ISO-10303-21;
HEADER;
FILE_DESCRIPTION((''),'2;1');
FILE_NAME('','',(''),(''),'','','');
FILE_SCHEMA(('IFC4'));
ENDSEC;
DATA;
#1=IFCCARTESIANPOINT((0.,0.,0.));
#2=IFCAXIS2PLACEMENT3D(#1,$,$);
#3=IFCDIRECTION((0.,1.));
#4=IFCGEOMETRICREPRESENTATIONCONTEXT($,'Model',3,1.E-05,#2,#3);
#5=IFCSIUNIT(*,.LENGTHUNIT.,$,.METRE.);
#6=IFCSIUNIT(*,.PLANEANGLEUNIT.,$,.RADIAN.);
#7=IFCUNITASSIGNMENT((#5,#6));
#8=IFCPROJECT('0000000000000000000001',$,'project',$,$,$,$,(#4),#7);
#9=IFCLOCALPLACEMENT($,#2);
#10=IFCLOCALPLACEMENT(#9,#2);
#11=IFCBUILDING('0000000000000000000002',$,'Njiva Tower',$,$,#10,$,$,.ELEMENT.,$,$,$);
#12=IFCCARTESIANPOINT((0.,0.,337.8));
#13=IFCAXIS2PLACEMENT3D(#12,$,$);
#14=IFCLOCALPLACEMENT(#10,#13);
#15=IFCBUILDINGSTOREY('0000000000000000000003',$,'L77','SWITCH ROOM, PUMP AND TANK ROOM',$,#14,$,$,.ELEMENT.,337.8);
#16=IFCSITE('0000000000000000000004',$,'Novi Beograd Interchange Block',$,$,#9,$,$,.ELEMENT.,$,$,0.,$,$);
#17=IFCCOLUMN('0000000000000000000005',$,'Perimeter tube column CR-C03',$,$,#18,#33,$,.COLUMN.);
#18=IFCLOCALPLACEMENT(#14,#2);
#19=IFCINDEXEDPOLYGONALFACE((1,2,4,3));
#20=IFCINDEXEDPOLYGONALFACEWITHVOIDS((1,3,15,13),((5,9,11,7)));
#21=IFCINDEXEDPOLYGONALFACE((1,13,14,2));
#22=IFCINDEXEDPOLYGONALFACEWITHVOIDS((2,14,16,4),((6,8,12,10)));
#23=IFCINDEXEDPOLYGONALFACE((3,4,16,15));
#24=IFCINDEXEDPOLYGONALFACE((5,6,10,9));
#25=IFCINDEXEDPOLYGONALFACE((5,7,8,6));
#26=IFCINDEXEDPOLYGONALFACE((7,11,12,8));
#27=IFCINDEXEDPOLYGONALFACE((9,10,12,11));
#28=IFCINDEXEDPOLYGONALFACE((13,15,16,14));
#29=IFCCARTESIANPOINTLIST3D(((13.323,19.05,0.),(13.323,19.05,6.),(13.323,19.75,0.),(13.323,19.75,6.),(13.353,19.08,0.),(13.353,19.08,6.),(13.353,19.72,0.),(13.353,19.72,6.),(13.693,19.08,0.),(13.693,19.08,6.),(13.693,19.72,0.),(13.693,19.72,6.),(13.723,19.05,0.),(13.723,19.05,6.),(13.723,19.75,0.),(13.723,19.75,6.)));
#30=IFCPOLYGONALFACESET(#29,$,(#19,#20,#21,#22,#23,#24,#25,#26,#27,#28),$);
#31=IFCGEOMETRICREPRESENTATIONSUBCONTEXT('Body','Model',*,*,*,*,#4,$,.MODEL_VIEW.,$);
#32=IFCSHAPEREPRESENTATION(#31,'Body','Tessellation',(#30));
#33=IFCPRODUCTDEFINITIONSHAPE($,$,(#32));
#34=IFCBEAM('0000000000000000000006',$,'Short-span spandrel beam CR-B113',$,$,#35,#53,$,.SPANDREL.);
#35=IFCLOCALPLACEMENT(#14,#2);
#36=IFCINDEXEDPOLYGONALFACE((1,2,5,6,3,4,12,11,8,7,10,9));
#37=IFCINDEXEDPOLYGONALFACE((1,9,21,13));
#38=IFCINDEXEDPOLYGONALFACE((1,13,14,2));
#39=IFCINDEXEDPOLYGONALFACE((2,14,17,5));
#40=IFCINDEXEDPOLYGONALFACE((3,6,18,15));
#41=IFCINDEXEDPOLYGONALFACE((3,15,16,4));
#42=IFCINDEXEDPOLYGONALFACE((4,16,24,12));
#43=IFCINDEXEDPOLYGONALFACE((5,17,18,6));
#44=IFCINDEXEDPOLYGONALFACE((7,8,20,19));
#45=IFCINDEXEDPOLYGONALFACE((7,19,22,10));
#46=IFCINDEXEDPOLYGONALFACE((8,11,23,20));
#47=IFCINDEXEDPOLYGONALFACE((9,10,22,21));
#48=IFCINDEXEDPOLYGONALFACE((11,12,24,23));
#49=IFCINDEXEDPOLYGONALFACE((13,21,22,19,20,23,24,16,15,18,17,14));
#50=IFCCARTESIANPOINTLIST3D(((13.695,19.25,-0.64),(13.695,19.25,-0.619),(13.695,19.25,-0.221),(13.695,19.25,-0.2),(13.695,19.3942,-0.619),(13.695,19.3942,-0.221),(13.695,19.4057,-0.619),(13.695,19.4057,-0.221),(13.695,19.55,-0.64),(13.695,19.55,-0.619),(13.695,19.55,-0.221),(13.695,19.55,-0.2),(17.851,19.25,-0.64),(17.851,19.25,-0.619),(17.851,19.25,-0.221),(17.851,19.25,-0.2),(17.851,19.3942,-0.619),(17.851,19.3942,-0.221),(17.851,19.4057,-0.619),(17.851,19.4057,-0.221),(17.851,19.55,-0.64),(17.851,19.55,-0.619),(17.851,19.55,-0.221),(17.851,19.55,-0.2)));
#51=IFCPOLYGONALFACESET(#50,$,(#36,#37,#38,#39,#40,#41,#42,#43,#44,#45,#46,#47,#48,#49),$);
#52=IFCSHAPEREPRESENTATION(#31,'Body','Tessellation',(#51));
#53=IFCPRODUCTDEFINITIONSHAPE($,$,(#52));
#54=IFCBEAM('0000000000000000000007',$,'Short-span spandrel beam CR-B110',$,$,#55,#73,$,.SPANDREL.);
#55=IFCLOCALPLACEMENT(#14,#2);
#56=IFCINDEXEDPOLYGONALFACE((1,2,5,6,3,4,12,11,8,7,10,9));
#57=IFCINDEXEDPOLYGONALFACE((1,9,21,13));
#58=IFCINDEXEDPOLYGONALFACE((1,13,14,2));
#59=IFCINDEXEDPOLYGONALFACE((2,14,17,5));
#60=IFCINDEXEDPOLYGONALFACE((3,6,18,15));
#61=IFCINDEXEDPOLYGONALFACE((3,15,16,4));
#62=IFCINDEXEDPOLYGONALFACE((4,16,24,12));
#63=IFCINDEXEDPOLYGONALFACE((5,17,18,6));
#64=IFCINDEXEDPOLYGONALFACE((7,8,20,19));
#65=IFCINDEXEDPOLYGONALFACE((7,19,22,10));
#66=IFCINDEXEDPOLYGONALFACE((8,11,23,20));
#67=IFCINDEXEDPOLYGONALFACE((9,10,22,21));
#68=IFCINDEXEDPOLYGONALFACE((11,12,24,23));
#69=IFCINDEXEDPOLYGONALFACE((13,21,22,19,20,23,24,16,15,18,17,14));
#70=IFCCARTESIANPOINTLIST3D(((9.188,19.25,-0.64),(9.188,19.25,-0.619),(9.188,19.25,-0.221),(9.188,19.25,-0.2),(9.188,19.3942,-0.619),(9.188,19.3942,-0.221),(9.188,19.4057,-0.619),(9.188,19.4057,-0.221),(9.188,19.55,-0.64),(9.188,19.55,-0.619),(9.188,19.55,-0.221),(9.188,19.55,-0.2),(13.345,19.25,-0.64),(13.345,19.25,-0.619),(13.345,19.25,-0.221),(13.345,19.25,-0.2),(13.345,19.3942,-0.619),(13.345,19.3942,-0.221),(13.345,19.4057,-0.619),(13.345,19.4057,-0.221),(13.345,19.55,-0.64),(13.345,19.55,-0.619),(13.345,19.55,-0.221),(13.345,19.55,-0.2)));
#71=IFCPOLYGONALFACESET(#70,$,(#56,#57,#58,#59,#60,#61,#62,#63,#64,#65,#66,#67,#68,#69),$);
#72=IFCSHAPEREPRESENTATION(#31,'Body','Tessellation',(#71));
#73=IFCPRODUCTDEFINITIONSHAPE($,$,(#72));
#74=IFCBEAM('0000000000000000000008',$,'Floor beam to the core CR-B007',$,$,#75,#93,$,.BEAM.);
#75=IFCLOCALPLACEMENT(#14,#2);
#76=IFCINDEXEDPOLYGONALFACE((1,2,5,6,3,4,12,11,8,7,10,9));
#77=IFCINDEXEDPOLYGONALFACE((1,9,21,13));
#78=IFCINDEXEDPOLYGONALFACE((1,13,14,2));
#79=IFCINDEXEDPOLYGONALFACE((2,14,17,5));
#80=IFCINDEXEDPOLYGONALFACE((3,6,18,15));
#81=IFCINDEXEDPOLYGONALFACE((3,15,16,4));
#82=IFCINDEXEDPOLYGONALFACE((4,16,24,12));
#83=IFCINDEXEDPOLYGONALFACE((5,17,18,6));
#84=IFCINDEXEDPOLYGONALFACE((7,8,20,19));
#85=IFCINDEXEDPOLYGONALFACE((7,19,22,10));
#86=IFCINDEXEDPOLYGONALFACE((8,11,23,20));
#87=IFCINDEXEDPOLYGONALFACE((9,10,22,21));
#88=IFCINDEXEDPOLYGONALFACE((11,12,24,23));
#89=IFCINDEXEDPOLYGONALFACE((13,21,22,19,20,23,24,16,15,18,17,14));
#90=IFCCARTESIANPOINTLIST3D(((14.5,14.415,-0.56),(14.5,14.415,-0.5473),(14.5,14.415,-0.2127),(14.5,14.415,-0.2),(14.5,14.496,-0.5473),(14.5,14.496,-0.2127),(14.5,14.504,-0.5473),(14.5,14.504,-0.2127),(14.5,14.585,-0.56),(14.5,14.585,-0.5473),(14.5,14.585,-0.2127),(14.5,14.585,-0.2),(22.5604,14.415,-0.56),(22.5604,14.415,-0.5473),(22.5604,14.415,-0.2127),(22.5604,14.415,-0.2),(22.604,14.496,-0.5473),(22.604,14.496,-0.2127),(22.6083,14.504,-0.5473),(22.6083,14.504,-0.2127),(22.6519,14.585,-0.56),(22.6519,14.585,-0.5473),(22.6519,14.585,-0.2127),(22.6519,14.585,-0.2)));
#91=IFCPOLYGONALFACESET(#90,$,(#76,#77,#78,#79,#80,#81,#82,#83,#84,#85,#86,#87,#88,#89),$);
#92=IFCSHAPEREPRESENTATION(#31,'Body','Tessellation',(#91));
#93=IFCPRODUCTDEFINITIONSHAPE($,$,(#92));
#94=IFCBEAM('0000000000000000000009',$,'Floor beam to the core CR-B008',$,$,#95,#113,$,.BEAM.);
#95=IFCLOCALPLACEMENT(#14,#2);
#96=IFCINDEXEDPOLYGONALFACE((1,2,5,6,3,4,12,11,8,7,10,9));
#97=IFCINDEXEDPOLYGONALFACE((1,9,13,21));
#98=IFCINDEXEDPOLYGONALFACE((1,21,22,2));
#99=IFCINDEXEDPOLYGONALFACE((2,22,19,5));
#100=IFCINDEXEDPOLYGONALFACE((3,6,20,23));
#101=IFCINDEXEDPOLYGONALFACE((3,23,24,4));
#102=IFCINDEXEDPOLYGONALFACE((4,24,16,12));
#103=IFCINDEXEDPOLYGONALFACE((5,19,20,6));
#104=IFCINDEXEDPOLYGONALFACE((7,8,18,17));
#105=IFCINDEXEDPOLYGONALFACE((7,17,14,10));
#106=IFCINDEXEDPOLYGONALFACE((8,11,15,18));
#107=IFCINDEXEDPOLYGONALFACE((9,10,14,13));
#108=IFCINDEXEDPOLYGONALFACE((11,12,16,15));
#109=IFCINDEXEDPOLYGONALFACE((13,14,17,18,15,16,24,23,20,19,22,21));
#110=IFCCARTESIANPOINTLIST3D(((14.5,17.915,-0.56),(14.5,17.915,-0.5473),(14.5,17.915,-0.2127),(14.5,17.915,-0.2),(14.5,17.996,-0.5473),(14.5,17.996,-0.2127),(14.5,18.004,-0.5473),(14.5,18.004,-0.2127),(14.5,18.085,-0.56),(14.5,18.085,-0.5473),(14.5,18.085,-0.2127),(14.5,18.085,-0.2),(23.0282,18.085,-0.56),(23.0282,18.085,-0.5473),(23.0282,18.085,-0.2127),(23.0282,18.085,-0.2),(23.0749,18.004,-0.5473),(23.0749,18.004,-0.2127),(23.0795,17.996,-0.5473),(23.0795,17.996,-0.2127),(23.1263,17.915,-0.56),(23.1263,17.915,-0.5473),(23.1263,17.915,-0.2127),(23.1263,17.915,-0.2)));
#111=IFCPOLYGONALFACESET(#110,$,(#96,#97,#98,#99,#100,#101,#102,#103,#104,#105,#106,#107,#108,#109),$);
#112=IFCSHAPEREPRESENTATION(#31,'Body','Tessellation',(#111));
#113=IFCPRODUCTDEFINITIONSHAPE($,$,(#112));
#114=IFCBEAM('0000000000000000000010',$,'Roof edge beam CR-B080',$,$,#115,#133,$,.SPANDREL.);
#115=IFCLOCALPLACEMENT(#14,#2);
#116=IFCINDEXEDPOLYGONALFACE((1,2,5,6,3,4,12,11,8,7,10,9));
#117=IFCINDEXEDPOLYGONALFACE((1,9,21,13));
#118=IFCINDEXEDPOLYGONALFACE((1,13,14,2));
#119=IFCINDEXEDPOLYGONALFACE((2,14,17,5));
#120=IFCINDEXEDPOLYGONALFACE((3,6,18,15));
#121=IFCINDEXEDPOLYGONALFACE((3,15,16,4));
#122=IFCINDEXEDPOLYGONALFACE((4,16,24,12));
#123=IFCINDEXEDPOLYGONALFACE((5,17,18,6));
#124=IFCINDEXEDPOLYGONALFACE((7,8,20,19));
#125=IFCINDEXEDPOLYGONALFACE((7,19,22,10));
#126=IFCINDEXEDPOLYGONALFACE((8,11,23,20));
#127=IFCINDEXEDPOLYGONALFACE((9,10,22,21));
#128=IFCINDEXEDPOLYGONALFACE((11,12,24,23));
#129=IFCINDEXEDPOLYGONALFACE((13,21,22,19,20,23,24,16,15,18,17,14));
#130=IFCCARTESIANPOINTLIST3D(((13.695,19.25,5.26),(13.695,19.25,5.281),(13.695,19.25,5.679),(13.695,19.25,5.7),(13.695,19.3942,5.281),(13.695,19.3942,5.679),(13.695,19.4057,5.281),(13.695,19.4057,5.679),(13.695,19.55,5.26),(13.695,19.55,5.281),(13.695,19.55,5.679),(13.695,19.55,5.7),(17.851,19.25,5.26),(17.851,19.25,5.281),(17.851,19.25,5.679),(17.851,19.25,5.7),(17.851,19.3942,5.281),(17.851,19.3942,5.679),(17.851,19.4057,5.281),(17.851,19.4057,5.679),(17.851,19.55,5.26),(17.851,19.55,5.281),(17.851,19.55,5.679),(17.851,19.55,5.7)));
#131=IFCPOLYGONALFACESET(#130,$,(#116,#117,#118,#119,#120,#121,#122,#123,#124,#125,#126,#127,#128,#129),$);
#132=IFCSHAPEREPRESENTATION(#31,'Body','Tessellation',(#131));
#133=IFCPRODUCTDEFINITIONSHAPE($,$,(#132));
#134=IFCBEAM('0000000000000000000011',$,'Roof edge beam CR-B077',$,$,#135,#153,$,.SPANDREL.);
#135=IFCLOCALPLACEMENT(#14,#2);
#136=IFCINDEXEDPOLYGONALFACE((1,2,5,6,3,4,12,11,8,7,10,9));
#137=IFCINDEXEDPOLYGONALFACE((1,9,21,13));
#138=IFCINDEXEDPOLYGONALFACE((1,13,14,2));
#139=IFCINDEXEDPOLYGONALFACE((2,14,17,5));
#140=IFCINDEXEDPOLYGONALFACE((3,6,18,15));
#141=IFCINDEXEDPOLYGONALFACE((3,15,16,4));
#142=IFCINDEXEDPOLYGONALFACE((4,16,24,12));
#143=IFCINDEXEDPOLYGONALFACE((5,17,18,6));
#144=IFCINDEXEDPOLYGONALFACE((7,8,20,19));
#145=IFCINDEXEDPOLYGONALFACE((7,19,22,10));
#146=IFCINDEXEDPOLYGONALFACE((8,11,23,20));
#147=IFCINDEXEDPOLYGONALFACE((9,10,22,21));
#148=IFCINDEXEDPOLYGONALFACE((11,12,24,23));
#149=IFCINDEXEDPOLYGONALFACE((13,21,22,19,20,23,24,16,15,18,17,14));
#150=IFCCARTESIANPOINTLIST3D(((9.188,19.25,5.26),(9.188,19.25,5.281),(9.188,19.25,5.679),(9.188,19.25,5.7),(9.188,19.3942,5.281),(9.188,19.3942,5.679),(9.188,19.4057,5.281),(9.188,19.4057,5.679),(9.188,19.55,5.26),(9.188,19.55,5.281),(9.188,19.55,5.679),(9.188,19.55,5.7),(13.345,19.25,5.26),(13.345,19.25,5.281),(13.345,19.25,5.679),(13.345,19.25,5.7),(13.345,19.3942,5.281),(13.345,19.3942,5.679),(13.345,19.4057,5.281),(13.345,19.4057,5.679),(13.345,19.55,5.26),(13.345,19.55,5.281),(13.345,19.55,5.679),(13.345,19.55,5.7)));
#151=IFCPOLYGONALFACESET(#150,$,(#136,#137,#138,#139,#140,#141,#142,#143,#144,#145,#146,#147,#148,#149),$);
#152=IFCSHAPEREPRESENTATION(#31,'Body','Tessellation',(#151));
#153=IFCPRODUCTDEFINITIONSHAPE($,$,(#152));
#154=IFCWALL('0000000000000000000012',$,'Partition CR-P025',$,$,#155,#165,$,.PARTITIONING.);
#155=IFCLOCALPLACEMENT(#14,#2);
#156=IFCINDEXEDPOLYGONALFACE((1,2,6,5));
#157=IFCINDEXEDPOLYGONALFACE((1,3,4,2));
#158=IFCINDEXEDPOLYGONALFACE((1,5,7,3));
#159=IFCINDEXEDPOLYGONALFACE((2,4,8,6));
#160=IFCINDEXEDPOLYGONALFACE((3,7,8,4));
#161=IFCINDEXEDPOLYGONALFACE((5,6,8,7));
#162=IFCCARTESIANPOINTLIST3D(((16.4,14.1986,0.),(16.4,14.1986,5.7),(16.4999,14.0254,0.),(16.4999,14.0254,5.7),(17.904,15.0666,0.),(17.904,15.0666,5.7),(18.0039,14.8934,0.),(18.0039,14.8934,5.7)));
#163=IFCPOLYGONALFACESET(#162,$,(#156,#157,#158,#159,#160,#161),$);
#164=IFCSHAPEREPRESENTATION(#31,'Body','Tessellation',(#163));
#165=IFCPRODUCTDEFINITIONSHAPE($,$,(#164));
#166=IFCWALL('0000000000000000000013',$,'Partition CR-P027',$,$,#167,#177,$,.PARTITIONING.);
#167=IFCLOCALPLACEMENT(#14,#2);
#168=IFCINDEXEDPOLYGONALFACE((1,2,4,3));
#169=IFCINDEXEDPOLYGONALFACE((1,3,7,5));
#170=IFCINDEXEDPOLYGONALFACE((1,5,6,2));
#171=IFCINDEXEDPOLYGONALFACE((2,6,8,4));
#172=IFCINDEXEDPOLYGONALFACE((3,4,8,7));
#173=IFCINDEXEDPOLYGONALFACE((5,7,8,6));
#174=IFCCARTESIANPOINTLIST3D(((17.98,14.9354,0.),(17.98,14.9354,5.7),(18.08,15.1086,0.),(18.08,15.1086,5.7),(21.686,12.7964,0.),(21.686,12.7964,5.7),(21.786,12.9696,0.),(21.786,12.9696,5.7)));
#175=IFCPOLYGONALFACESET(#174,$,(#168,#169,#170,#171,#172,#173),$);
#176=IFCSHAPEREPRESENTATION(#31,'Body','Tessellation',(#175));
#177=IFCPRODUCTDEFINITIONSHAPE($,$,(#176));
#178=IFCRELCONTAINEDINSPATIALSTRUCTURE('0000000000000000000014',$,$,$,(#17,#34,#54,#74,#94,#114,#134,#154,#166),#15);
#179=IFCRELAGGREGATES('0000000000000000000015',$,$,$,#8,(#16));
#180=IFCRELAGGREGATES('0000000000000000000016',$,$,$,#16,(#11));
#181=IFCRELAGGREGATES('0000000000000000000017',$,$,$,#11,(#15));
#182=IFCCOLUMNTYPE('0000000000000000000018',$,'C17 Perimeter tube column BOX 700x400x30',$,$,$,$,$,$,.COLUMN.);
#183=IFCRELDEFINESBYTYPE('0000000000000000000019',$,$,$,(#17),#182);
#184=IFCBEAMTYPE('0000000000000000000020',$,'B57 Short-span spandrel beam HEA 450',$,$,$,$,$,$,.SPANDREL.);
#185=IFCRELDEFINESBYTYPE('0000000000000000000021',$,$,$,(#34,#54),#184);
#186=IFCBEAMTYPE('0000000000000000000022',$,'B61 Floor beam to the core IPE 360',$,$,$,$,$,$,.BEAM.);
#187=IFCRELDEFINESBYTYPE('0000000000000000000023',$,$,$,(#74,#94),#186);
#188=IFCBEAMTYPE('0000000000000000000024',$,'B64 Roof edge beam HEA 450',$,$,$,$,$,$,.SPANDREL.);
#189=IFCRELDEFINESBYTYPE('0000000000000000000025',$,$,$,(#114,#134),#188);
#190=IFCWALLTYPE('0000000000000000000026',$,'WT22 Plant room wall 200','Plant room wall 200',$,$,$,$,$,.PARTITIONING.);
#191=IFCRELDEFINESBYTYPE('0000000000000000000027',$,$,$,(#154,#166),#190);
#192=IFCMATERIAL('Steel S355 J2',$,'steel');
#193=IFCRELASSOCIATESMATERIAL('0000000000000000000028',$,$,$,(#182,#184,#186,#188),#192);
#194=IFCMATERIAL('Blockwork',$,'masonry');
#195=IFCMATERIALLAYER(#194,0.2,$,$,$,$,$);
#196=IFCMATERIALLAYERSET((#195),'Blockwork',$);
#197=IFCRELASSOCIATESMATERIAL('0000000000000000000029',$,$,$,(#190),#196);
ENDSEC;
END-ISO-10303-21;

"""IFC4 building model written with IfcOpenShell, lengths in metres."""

from ifc_helpers import new_model, si_unit, direction, frame, frame_2d, origin, origin_2d, place, context, subcontext, project, spatial, rectangle, hollow_rectangle, i_section, extrude, clip, halfspace, material, layer, layer_set, material_profile, profile_set, type_object, element, save


model = new_model("IFC4")

# Units and contexts
model_context = context("Model", 3, precision=1e-05, world=origin(), true_north=direction((0.0, 1.0)))
body_context = subcontext(model_context, "Body", "Model", "MODEL_VIEW")
ifc_project = project(units=[si_unit("LENGTHUNIT", "METRE"), si_unit("PLANEANGLEUNIT", "RADIAN")], contexts=[model_context])

# Site, building, storey
site_placement = place(None, origin())
site = spatial("IfcSite", under=ifc_project, at=site_placement, Name="Novi Beograd Interchange Block", CompositionType="ELEMENT", RefElevation=0.0)
building_placement = place(site_placement, origin())
building = spatial("IfcBuilding", under=site, at=building_placement, Name="Njiva Tower", CompositionType="ELEMENT")
storey_placement = place(building_placement, frame((0.0, 0.0, 337.8)))
storey = spatial("IfcBuildingStorey", under=building, at=storey_placement, Name="L77", Description="SWITCH ROOM, PUMP AND TANK ROOM", CompositionType="ELEMENT", Elevation=337.8)

# Column
ifc_material_1 = material(Name="Steel S355 J2", Category="steel")
ifc_material_profile_1 = material_profile(ifc_material_1, hollow_rectangle(XDim=0.4, YDim=0.7, WallThickness=0.03, at=origin_2d()), Name="BOX 700x400x30")
ifc_profile_set_1 = profile_set([ifc_material_profile_1], Name="Steel S355 J2")
column_type = type_object("IfcColumnType", Name="C17 Perimeter tube column BOX 700x400x30", PredefinedType="COLUMN", material=ifc_profile_set_1)
column_placement = place(storey_placement, frame((13.523, 19.4, 0.0), z_axis=(0.0, 0.0, 1.0), x_axis=(-1.0, 0.0, 0.0)))
element("IfcColumn", 1, at=column_placement, inside=storey, type_object=column_type, Name="Perimeter tube column CR-C03", PredefinedType="COLUMN", context=body_context, shape_type="SweptSolid", body=[
    extrude(hollow_rectangle(XDim=0.4, YDim=0.7, WallThickness=0.03, at=origin_2d()), origin(), (0.0, 0.0, 1.0), 6.0),
])

# Beams
ifc_material_profile_2 = material_profile(ifc_material_1, i_section(OverallWidth=0.3, OverallDepth=0.44, WebThickness=0.0115, FlangeThickness=0.021, at=origin_2d()), Name="HEA 450")
ifc_profile_set_2 = profile_set([ifc_material_profile_2], Name="Steel S355 J2")
beam_type_1 = type_object("IfcBeamType", Name="B57 Short-span spandrel beam HEA 450", PredefinedType="SPANDREL", material=ifc_profile_set_2)
beam_1_placement = place(storey_placement, frame((17.851, 19.4, -0.42), z_axis=(-1.0, 0.0, 0.0), x_axis=(0.0, -1.0, 0.0)))
element("IfcBeam", 2, at=beam_1_placement, inside=storey, type_object=beam_type_1, Name="Short-span spandrel beam CR-B113", PredefinedType="SPANDREL", context=body_context, shape_type="SweptSolid", body=[
    extrude(i_section(OverallWidth=0.3, OverallDepth=0.44, WebThickness=0.0115, FlangeThickness=0.021, at=origin_2d()), origin(), (0.0, 0.0, 1.0), 4.156),
])
beam_2_placement = place(storey_placement, frame((13.345, 19.4, -0.42), z_axis=(-1.0, 0.0, 0.0), x_axis=(0.0, -1.0, 0.0)))
element("IfcBeam", 3, at=beam_2_placement, inside=storey, type_object=beam_type_1, Name="Short-span spandrel beam CR-B110", PredefinedType="SPANDREL", context=body_context, shape_type="SweptSolid", body=[
    extrude(i_section(OverallWidth=0.3, OverallDepth=0.44, WebThickness=0.0115, FlangeThickness=0.021, at=origin_2d()), origin(), (0.0, 0.0, 1.0), 4.157),
])
ifc_material_profile_3 = material_profile(ifc_material_1, i_section(OverallWidth=0.17, OverallDepth=0.36, WebThickness=0.008, FlangeThickness=0.0127, at=origin_2d()), Name="IPE 360")
ifc_profile_set_3 = profile_set([ifc_material_profile_3], Name="Steel S355 J2")
beam_type_2 = type_object("IfcBeamType", Name="B61 Floor beam to the core IPE 360", PredefinedType="BEAM", material=ifc_profile_set_3)
beam_3_placement = place(storey_placement, frame((14.5, 14.5, -0.38), z_axis=(1.0, 0.0, 0.0), x_axis=(0.0, 1.0, 0.0)))
element("IfcBeam", 4, at=beam_3_placement, inside=storey, type_object=beam_type_2, Name="Floor beam to the core CR-B007", PredefinedType="BEAM", context=body_context, shape_type="Clipping", body=[
    clip(extrude(i_section(OverallWidth=0.17, OverallDepth=0.36, WebThickness=0.008, FlangeThickness=0.0127, at=origin_2d()), origin(), (0.0, 0.0, 1.0), 8.172), halfspace(frame((-0.0237, 0.0, 8.0934), z_axis=(-0.473769, 0.0, 0.880649), x_axis=(0.0, 1.0, 0.0)), False)),
])
beam_4_placement = place(storey_placement, frame((14.5, 18.0, -0.38), z_axis=(1.0, 0.0, 0.0), x_axis=(0.0, 1.0, 0.0)))
element("IfcBeam", 5, at=beam_4_placement, inside=storey, type_object=beam_type_2, Name="Floor beam to the core CR-B008", PredefinedType="BEAM", context=body_context, shape_type="Clipping", body=[
    clip(extrude(i_section(OverallWidth=0.17, OverallDepth=0.36, WebThickness=0.008, FlangeThickness=0.0127, at=origin_2d()), origin(), (0.0, 0.0, 1.0), 8.646), halfspace(frame((0.025, 0.0, 8.5628), z_axis=(0.499998, 0.0, 0.866027), x_axis=(0.0, 1.0, 0.0)), False)),
])
ifc_material_profile_4 = material_profile(ifc_material_1, i_section(OverallWidth=0.3, OverallDepth=0.44, WebThickness=0.0115, FlangeThickness=0.021, at=origin_2d()), Name="HEA 450")
ifc_profile_set_4 = profile_set([ifc_material_profile_4], Name="Steel S355 J2")
beam_type_3 = type_object("IfcBeamType", Name="B64 Roof edge beam HEA 450", PredefinedType="SPANDREL", material=ifc_profile_set_4)
beam_5_placement = place(storey_placement, frame((17.851, 19.4, 5.48), z_axis=(-1.0, 0.0, 0.0), x_axis=(0.0, -1.0, 0.0)))
element("IfcBeam", 6, at=beam_5_placement, inside=storey, type_object=beam_type_3, Name="Roof edge beam CR-B080", PredefinedType="SPANDREL", context=body_context, shape_type="SweptSolid", body=[
    extrude(i_section(OverallWidth=0.3, OverallDepth=0.44, WebThickness=0.0115, FlangeThickness=0.021, at=origin_2d()), origin(), (0.0, 0.0, 1.0), 4.156),
])
beam_6_placement = place(storey_placement, frame((13.345, 19.4, 5.48), z_axis=(-1.0, 0.0, 0.0), x_axis=(0.0, -1.0, 0.0)))
element("IfcBeam", 7, at=beam_6_placement, inside=storey, type_object=beam_type_3, Name="Roof edge beam CR-B077", PredefinedType="SPANDREL", context=body_context, shape_type="SweptSolid", body=[
    extrude(i_section(OverallWidth=0.3, OverallDepth=0.44, WebThickness=0.0115, FlangeThickness=0.021, at=origin_2d()), origin(), (0.0, 0.0, 1.0), 4.157),
])

# Walls
ifc_material_2 = material(Name="Blockwork", Category="masonry")
ifc_layer = layer(ifc_material_2, 0.2)
ifc_layer_set = layer_set([ifc_layer], Name="Blockwork")
wall_type = type_object("IfcWallType", Name="WT22 Plant room wall 200", Description="Plant room wall 200", PredefinedType="PARTITIONING", material=ifc_layer_set)
wall_1_placement = place(storey_placement, frame((16.45, 14.112, 0.0), z_axis=(0.0, 0.0, 1.0), x_axis=(0.866109, 0.499855, 0.0)))
element("IfcWall", 8, at=wall_1_placement, inside=storey, type_object=wall_type, Name="Partition CR-P025", PredefinedType="PARTITIONING", context=body_context, shape_type="SweptSolid", body=[
    extrude(rectangle(XDim=1.7365, YDim=0.2, at=frame_2d((0.8682, 0.0))), origin(), (0.0, 0.0, 1.0), 5.7),
])
wall_2_placement = place(storey_placement, frame((18.03, 15.022, 0.0), z_axis=(0.0, 0.0, 1.0), x_axis=(0.866092, -0.499884, 0.0)))
element("IfcWall", 9, at=wall_2_placement, inside=storey, type_object=wall_type, Name="Partition CR-P027", PredefinedType="PARTITIONING", context=body_context, shape_type="SweptSolid", body=[
    extrude(rectangle(XDim=4.279, YDim=0.2, at=frame_2d((2.1395, 0.0))), origin(), (0.0, 0.0, 1.0), 5.7),
])

save(model, "model.ifc")
